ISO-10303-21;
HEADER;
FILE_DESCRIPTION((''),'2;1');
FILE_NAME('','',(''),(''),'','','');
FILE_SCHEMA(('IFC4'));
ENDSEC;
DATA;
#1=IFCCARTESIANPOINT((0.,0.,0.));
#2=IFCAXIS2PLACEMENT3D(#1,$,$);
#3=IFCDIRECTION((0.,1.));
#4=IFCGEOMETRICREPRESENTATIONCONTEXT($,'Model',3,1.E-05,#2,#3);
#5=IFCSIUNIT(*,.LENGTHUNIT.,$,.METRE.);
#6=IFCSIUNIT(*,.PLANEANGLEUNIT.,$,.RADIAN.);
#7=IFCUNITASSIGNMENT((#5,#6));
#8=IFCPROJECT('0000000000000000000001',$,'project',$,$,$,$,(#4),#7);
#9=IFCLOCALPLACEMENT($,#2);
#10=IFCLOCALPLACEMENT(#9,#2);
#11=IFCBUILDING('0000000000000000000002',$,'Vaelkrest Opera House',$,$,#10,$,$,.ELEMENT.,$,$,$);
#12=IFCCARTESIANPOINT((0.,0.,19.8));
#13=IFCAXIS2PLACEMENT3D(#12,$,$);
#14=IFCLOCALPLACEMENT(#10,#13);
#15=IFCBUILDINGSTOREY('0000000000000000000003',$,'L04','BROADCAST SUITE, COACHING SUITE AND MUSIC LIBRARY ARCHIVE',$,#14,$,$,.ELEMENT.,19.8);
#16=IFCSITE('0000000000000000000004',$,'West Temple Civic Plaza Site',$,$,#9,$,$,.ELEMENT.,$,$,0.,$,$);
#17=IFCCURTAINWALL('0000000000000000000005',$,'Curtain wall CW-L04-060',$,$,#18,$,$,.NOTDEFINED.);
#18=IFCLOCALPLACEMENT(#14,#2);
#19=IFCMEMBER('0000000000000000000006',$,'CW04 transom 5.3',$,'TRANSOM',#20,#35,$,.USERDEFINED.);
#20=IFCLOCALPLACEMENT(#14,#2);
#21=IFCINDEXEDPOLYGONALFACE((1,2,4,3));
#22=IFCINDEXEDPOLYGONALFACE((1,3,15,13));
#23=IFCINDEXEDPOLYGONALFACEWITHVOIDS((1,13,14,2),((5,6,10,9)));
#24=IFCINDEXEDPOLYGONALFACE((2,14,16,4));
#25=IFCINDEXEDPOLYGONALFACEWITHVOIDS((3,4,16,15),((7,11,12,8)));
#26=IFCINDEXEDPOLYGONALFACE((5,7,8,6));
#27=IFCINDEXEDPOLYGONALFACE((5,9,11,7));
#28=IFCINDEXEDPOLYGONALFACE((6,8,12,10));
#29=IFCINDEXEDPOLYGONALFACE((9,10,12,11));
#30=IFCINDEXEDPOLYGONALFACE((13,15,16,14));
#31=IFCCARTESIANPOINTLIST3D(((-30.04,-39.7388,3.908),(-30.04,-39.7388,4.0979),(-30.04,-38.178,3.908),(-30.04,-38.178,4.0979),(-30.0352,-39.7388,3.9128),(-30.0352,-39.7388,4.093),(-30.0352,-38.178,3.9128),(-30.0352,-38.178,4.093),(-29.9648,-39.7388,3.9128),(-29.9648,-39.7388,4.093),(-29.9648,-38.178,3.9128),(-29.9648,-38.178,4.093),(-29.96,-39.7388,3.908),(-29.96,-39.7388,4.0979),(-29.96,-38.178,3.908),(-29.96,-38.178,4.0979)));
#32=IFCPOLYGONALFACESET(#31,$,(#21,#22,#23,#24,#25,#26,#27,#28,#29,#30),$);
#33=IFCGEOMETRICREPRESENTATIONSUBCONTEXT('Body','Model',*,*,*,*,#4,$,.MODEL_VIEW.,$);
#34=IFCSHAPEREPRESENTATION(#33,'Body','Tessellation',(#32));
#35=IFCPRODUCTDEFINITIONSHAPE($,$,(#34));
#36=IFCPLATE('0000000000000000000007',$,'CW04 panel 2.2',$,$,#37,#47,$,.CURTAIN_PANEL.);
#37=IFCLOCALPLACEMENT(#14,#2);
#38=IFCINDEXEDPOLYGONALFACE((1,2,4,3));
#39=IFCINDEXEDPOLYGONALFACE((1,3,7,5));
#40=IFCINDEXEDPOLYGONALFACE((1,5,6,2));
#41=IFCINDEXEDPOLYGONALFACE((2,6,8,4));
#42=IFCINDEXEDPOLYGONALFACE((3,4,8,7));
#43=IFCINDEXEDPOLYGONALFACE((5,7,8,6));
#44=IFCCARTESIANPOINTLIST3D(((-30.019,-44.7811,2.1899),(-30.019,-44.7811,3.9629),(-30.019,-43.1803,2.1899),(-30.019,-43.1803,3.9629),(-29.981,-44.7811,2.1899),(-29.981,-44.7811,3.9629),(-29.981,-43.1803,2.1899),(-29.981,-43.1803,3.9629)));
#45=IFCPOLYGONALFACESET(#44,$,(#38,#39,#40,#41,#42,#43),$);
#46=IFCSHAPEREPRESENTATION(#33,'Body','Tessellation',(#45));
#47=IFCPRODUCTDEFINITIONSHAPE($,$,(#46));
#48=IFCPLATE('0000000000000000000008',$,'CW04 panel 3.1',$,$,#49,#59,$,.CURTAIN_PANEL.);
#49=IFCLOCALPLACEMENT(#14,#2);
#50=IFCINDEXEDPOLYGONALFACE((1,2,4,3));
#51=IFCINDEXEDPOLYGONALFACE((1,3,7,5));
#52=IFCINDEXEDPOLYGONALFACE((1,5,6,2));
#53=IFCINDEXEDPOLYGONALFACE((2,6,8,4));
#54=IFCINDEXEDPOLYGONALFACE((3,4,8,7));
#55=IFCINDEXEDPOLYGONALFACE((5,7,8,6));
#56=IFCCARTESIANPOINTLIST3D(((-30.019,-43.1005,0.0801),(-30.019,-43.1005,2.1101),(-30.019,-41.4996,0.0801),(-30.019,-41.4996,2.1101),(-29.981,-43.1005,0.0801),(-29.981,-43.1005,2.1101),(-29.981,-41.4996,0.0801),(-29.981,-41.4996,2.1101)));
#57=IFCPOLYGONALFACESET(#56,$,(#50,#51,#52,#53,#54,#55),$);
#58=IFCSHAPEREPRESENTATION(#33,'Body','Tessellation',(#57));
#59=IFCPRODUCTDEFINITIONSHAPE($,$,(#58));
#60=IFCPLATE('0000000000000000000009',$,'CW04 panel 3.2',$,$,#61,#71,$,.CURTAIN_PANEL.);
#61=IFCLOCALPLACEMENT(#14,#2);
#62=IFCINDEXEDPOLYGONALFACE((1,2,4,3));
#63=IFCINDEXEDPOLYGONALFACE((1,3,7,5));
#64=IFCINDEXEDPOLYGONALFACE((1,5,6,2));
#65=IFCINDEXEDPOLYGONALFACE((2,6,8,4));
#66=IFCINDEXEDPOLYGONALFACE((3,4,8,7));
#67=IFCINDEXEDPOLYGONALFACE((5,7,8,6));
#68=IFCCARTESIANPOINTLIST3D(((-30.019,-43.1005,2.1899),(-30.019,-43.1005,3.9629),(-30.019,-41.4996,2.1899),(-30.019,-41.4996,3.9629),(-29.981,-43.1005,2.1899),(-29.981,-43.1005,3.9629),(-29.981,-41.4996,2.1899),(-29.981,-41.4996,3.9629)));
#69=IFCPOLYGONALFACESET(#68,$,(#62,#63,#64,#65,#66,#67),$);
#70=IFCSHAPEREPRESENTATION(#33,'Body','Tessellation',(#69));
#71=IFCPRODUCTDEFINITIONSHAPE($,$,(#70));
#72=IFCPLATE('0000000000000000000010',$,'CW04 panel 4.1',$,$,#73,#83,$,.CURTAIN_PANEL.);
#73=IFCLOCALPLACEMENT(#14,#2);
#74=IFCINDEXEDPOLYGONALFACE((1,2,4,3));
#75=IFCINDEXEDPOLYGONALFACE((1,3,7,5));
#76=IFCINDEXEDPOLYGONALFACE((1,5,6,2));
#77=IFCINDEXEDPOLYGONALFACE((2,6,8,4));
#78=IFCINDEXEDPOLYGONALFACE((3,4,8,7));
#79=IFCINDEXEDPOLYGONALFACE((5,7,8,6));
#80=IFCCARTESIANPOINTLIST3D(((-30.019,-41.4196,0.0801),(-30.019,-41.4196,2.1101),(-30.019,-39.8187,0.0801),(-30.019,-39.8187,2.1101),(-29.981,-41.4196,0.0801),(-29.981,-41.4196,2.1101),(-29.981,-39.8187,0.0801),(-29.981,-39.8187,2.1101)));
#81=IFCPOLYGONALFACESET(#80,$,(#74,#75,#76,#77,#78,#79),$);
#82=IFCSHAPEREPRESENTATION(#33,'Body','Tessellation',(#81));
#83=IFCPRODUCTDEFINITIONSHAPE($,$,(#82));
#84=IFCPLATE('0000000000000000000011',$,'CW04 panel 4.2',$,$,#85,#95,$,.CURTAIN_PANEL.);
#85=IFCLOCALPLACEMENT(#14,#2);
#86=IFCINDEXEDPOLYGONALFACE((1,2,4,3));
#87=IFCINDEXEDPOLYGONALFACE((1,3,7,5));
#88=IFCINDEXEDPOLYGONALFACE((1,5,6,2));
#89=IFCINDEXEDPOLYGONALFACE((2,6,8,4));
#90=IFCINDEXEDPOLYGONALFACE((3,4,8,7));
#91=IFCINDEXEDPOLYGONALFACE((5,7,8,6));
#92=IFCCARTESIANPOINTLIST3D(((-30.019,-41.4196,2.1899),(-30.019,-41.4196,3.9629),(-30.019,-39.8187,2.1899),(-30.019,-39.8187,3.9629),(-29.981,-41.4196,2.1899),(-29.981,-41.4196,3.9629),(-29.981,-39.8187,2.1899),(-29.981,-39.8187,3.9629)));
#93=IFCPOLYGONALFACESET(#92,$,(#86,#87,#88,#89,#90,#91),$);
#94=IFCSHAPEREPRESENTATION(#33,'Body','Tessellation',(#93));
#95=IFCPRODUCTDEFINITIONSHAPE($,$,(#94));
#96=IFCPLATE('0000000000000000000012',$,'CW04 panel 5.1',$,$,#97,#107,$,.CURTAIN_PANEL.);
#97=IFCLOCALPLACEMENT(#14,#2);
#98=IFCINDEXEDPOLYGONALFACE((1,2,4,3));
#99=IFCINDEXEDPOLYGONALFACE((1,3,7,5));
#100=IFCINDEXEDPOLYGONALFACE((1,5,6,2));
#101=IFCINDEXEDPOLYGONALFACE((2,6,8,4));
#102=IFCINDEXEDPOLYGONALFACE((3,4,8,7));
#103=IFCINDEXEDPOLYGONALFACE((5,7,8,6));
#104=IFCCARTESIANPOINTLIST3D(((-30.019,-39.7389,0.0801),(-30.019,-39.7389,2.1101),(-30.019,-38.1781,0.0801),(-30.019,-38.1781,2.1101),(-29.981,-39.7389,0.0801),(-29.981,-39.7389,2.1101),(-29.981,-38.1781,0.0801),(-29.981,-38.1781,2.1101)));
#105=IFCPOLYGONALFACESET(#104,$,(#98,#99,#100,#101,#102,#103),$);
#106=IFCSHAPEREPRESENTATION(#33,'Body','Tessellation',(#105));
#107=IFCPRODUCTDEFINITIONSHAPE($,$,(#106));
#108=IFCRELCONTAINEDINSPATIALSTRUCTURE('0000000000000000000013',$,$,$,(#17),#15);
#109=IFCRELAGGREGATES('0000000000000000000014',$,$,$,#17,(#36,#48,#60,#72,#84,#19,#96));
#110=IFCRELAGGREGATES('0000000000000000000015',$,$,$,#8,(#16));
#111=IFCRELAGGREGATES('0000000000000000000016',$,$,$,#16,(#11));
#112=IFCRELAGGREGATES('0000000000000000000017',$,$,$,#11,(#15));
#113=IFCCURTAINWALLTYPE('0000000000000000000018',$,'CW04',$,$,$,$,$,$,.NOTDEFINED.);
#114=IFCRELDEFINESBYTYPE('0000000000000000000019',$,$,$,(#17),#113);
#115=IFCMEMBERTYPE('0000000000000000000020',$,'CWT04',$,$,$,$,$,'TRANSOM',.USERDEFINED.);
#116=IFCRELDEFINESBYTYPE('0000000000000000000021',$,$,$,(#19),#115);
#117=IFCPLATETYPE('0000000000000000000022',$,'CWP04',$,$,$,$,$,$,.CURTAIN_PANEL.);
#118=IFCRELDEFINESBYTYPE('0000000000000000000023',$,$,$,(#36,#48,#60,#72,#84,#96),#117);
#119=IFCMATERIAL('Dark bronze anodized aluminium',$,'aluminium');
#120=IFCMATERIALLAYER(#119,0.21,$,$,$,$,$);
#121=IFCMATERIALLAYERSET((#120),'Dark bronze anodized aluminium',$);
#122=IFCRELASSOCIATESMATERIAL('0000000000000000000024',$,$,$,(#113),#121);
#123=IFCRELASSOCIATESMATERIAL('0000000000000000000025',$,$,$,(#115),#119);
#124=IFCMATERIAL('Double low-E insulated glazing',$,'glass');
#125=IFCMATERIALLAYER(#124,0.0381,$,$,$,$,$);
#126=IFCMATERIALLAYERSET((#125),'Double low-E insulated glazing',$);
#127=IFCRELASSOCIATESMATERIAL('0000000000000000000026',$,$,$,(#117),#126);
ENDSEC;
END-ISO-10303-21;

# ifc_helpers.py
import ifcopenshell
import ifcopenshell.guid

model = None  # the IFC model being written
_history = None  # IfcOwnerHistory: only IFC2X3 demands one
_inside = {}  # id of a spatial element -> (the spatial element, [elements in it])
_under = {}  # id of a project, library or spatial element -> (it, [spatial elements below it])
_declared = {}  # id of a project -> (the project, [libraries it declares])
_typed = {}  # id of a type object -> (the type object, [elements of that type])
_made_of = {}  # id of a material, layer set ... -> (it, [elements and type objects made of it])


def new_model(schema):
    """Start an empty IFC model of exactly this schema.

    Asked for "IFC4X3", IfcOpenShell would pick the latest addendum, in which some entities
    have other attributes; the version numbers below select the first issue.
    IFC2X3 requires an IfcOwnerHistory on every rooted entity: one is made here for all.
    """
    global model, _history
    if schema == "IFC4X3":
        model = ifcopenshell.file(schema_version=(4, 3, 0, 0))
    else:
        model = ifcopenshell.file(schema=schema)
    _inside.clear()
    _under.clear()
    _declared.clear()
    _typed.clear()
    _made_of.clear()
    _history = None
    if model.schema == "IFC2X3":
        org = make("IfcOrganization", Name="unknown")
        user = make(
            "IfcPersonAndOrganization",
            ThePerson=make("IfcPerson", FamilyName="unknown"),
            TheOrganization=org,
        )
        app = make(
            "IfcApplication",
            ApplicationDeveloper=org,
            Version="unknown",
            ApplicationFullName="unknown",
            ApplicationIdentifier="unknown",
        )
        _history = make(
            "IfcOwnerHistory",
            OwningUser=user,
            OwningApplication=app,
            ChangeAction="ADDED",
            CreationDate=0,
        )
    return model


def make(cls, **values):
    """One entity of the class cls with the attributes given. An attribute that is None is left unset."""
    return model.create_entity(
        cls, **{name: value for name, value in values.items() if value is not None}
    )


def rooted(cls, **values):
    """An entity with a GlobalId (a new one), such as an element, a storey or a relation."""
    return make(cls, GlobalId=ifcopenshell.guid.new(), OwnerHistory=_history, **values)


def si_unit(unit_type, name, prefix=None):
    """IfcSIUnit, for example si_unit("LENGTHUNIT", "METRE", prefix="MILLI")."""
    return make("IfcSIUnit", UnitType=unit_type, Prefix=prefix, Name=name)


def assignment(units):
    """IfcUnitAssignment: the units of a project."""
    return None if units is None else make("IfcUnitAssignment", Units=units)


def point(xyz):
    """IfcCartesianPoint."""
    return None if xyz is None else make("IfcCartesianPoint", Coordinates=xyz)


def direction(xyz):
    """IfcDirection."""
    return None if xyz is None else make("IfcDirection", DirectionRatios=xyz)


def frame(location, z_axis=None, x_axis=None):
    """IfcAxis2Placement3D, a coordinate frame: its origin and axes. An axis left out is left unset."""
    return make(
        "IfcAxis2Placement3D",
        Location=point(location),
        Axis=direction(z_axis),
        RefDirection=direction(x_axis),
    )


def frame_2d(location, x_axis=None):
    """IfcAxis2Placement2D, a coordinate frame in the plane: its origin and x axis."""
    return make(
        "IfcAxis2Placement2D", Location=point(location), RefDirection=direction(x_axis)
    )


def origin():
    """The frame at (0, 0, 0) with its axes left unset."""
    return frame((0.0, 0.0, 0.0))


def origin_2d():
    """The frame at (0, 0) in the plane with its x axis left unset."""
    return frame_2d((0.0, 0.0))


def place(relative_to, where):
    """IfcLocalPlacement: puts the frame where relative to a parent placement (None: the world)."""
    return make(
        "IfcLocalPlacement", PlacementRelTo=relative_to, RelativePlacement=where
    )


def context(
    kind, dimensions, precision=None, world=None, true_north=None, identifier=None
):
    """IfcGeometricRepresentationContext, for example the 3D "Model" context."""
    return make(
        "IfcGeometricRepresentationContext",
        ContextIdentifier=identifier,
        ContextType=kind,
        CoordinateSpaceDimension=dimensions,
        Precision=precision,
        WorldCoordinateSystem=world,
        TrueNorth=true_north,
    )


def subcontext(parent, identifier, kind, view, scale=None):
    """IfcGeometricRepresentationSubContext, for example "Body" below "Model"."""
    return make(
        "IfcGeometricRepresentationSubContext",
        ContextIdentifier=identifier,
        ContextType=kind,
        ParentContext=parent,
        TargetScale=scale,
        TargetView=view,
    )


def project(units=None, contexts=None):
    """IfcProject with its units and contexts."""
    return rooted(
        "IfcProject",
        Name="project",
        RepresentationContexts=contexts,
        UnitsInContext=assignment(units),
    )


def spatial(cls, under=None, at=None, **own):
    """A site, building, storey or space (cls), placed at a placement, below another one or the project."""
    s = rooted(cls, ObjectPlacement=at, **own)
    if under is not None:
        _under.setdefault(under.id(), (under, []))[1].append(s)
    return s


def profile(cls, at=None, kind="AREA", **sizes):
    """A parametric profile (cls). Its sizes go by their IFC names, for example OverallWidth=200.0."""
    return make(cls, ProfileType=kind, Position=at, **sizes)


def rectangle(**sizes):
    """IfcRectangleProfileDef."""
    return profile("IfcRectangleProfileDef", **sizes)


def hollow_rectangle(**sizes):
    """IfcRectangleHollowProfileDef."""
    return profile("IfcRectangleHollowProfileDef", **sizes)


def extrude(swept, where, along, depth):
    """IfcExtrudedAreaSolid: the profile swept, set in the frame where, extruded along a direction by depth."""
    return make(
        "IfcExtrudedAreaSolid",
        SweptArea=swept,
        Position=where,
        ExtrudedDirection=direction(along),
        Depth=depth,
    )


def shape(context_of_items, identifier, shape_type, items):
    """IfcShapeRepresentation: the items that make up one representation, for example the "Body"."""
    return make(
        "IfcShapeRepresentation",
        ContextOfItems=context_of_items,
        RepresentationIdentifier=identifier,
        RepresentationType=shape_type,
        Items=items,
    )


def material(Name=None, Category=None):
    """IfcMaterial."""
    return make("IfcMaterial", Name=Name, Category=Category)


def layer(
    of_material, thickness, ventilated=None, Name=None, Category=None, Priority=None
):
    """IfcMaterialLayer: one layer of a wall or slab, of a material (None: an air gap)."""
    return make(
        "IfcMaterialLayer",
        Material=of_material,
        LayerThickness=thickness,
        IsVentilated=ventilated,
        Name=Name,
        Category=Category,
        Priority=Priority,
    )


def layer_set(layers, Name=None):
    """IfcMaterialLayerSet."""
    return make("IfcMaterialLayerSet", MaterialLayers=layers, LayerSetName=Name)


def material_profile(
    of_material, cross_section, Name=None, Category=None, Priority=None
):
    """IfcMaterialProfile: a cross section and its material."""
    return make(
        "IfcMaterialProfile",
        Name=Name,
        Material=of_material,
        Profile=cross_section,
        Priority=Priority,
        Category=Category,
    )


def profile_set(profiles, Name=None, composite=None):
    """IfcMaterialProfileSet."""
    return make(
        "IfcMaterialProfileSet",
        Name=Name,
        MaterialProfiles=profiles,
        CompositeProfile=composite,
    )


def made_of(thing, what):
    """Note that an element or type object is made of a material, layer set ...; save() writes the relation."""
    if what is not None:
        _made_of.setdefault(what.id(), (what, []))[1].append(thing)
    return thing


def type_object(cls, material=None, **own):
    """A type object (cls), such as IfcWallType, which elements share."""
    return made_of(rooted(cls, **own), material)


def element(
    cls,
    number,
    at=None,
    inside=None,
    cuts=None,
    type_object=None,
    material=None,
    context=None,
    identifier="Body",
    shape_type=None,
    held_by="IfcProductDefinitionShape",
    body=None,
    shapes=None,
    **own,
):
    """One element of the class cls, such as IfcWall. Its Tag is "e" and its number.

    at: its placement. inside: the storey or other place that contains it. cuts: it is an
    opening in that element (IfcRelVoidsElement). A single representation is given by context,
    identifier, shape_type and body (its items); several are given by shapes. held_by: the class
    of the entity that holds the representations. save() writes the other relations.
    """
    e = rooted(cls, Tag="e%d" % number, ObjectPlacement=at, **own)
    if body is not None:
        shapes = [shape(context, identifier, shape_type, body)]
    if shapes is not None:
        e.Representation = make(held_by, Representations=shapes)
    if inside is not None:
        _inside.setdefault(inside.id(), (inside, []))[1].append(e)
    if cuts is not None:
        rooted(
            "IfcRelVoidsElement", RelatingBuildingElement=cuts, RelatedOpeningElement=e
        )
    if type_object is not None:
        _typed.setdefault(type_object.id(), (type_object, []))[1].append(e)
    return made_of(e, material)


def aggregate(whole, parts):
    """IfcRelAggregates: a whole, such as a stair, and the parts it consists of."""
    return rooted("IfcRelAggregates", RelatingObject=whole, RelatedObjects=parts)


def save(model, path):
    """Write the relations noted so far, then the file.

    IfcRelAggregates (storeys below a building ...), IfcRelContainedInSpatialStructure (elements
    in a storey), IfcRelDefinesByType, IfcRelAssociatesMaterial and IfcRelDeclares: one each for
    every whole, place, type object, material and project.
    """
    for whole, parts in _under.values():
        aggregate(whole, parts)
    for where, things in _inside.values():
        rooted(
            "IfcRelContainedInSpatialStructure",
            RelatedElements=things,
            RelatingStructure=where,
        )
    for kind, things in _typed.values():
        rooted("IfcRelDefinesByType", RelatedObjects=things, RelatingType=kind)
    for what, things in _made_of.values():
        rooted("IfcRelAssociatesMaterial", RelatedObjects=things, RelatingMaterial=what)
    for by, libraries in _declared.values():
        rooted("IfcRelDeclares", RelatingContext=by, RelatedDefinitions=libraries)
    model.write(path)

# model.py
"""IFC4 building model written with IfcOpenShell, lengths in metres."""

from ifc_helpers import new_model, si_unit, direction, frame, origin, origin_2d, place, context, subcontext, project, spatial, rectangle, hollow_rectangle, extrude, material, layer, layer_set, material_profile, profile_set, type_object, element, aggregate, save


model = new_model("IFC4")

# Units and contexts
model_context = context("Model", 3, precision=1e-05, world=origin(), true_north=direction((0.0, 1.0)))
body_context = subcontext(model_context, "Body", "Model", "MODEL_VIEW")
ifc_project = project(units=[si_unit("LENGTHUNIT", "METRE"), si_unit("PLANEANGLEUNIT", "RADIAN")], contexts=[model_context])

# Site, building, storey
site_placement = place(None, origin())
site = spatial("IfcSite", under=ifc_project, at=site_placement, Name="West Temple Civic Plaza Site", CompositionType="ELEMENT", RefElevation=0.0)
building_placement = place(site_placement, origin())
building = spatial("IfcBuilding", under=site, at=building_placement, Name="Vaelkrest Opera House", CompositionType="ELEMENT")
storey_placement = place(building_placement, frame((0.0, 0.0, 19.8)))
storey = spatial("IfcBuildingStorey", under=building, at=storey_placement, Name="L04", Description="BROADCAST SUITE, COACHING SUITE AND MUSIC LIBRARY ARCHIVE", CompositionType="ELEMENT", Elevation=19.8)

# Curtain wall, member, plates
ifc_material_1 = material(Name="Dark bronze anodized aluminium", Category="aluminium")
ifc_layer_1 = layer(ifc_material_1, 0.21)
ifc_layer_set_1 = layer_set([ifc_layer_1], Name="Dark bronze anodized aluminium")
curtain_wall_type = type_object("IfcCurtainWallType", Name="CW04", PredefinedType="NOTDEFINED", material=ifc_layer_set_1)
curtain_wall_placement = place(storey_placement, origin())
curtain_wall = element("IfcCurtainWall", 1, at=curtain_wall_placement, inside=storey, type_object=curtain_wall_type, Name="Curtain wall CW-L04-060", PredefinedType="NOTDEFINED")
ifc_material_profile_1 = material_profile(ifc_material_1, hollow_rectangle(XDim=0.0801, YDim=0.1899, WallThickness=0.0049, at=origin_2d()), Name="CWT80X190")
ifc_profile_set_1 = profile_set([ifc_material_profile_1], Name="Dark bronze anodized aluminium")
member_type_1 = type_object("IfcMemberType", Name="CWT04", ElementType="TRANSOM", PredefinedType="USERDEFINED", material=ifc_profile_set_1)
member_1_placement = place(storey_placement, frame((-30.0, -39.7388, 4.0029), z_axis=(0.0, 1.0, 0.0), x_axis=(-1.0, 0.0, 0.0)))
member_1 = element("IfcMember", 2, at=member_1_placement, type_object=member_type_1, Name="CW04 transom 5.3", ObjectType="TRANSOM", PredefinedType="USERDEFINED", context=body_context, shape_type="SweptSolid", body=[
    extrude(hollow_rectangle(XDim=0.0801, YDim=0.1899, WallThickness=0.0049, at=origin_2d()), origin(), (0.0, 0.0, 1.0), 1.5608),
])
ifc_material_2 = material(Name="Double low-E insulated glazing", Category="glass")
ifc_layer_2 = layer(ifc_material_2, 0.0381)
ifc_layer_set_2 = layer_set([ifc_layer_2], Name="Double low-E insulated glazing")
plate_type = type_object("IfcPlateType", Name="CWP04", PredefinedType="CURTAIN_PANEL", material=ifc_layer_set_2)
plate_1_placement = place(storey_placement, frame((-30.0, -43.9807, 2.1899), z_axis=(0.0, 0.0, 1.0), x_axis=(0.0, 1.0, 0.0)))
plate_1 = element("IfcPlate", 3, at=plate_1_placement, type_object=plate_type, Name="CW04 panel 2.2", PredefinedType="CURTAIN_PANEL", context=body_context, shape_type="SweptSolid", body=[
    extrude(rectangle(XDim=1.6008, YDim=0.0381, at=origin_2d()), origin(), (0.0, 0.0, 1.0), 1.7729),
])
plate_2_placement = place(storey_placement, frame((-30.0, -42.3, 0.0801), z_axis=(0.0, 0.0, 1.0), x_axis=(0.0, 1.0, 0.0)))
plate_2 = element("IfcPlate", 4, at=plate_2_placement, type_object=plate_type, Name="CW04 panel 3.1", PredefinedType="CURTAIN_PANEL", context=body_context, shape_type="SweptSolid", body=[
    extrude(rectangle(XDim=1.6008, YDim=0.0381, at=origin_2d()), origin(), (0.0, 0.0, 1.0), 2.03),
])
plate_3_placement = place(storey_placement, frame((-30.0, -42.3, 2.1899), z_axis=(0.0, 0.0, 1.0), x_axis=(0.0, 1.0, 0.0)))
plate_3 = element("IfcPlate", 5, at=plate_3_placement, type_object=plate_type, Name="CW04 panel 3.2", PredefinedType="CURTAIN_PANEL", context=body_context, shape_type="SweptSolid", body=[
    extrude(rectangle(XDim=1.6008, YDim=0.0381, at=origin_2d()), origin(), (0.0, 0.0, 1.0), 1.7729),
])
plate_4_placement = place(storey_placement, frame((-30.0, -40.6191, 0.0801), z_axis=(0.0, 0.0, 1.0), x_axis=(0.0, 1.0, 0.0)))
plate_4 = element("IfcPlate", 6, at=plate_4_placement, type_object=plate_type, Name="CW04 panel 4.1", PredefinedType="CURTAIN_PANEL", context=body_context, shape_type="SweptSolid", body=[
    extrude(rectangle(XDim=1.6008, YDim=0.0381, at=origin_2d()), origin(), (0.0, 0.0, 1.0), 2.03),
])
plate_5_placement = place(storey_placement, frame((-30.0, -40.6191, 2.1899), z_axis=(0.0, 0.0, 1.0), x_axis=(0.0, 1.0, 0.0)))
plate_5 = element("IfcPlate", 7, at=plate_5_placement, type_object=plate_type, Name="CW04 panel 4.2", PredefinedType="CURTAIN_PANEL", context=body_context, shape_type="SweptSolid", body=[
    extrude(rectangle(XDim=1.6008, YDim=0.0381, at=origin_2d()), origin(), (0.0, 0.0, 1.0), 1.7729),
])
plate_6_placement = place(storey_placement, frame((-30.0, -38.9585, 0.0801), z_axis=(0.0, 0.0, 1.0), x_axis=(0.0, 1.0, 0.0)))
plate_6 = element("IfcPlate", 8, at=plate_6_placement, type_object=plate_type, Name="CW04 panel 5.1", PredefinedType="CURTAIN_PANEL", context=body_context, shape_type="SweptSolid", body=[
    extrude(rectangle(XDim=1.5608, YDim=0.0381, at=origin_2d()), origin(), (0.0, 0.0, 1.0), 2.03),
])
aggregate(curtain_wall, [plate_1, plate_2, plate_3, plate_4, plate_5, member_1, plate_6])

save(model, "model.ifc")
